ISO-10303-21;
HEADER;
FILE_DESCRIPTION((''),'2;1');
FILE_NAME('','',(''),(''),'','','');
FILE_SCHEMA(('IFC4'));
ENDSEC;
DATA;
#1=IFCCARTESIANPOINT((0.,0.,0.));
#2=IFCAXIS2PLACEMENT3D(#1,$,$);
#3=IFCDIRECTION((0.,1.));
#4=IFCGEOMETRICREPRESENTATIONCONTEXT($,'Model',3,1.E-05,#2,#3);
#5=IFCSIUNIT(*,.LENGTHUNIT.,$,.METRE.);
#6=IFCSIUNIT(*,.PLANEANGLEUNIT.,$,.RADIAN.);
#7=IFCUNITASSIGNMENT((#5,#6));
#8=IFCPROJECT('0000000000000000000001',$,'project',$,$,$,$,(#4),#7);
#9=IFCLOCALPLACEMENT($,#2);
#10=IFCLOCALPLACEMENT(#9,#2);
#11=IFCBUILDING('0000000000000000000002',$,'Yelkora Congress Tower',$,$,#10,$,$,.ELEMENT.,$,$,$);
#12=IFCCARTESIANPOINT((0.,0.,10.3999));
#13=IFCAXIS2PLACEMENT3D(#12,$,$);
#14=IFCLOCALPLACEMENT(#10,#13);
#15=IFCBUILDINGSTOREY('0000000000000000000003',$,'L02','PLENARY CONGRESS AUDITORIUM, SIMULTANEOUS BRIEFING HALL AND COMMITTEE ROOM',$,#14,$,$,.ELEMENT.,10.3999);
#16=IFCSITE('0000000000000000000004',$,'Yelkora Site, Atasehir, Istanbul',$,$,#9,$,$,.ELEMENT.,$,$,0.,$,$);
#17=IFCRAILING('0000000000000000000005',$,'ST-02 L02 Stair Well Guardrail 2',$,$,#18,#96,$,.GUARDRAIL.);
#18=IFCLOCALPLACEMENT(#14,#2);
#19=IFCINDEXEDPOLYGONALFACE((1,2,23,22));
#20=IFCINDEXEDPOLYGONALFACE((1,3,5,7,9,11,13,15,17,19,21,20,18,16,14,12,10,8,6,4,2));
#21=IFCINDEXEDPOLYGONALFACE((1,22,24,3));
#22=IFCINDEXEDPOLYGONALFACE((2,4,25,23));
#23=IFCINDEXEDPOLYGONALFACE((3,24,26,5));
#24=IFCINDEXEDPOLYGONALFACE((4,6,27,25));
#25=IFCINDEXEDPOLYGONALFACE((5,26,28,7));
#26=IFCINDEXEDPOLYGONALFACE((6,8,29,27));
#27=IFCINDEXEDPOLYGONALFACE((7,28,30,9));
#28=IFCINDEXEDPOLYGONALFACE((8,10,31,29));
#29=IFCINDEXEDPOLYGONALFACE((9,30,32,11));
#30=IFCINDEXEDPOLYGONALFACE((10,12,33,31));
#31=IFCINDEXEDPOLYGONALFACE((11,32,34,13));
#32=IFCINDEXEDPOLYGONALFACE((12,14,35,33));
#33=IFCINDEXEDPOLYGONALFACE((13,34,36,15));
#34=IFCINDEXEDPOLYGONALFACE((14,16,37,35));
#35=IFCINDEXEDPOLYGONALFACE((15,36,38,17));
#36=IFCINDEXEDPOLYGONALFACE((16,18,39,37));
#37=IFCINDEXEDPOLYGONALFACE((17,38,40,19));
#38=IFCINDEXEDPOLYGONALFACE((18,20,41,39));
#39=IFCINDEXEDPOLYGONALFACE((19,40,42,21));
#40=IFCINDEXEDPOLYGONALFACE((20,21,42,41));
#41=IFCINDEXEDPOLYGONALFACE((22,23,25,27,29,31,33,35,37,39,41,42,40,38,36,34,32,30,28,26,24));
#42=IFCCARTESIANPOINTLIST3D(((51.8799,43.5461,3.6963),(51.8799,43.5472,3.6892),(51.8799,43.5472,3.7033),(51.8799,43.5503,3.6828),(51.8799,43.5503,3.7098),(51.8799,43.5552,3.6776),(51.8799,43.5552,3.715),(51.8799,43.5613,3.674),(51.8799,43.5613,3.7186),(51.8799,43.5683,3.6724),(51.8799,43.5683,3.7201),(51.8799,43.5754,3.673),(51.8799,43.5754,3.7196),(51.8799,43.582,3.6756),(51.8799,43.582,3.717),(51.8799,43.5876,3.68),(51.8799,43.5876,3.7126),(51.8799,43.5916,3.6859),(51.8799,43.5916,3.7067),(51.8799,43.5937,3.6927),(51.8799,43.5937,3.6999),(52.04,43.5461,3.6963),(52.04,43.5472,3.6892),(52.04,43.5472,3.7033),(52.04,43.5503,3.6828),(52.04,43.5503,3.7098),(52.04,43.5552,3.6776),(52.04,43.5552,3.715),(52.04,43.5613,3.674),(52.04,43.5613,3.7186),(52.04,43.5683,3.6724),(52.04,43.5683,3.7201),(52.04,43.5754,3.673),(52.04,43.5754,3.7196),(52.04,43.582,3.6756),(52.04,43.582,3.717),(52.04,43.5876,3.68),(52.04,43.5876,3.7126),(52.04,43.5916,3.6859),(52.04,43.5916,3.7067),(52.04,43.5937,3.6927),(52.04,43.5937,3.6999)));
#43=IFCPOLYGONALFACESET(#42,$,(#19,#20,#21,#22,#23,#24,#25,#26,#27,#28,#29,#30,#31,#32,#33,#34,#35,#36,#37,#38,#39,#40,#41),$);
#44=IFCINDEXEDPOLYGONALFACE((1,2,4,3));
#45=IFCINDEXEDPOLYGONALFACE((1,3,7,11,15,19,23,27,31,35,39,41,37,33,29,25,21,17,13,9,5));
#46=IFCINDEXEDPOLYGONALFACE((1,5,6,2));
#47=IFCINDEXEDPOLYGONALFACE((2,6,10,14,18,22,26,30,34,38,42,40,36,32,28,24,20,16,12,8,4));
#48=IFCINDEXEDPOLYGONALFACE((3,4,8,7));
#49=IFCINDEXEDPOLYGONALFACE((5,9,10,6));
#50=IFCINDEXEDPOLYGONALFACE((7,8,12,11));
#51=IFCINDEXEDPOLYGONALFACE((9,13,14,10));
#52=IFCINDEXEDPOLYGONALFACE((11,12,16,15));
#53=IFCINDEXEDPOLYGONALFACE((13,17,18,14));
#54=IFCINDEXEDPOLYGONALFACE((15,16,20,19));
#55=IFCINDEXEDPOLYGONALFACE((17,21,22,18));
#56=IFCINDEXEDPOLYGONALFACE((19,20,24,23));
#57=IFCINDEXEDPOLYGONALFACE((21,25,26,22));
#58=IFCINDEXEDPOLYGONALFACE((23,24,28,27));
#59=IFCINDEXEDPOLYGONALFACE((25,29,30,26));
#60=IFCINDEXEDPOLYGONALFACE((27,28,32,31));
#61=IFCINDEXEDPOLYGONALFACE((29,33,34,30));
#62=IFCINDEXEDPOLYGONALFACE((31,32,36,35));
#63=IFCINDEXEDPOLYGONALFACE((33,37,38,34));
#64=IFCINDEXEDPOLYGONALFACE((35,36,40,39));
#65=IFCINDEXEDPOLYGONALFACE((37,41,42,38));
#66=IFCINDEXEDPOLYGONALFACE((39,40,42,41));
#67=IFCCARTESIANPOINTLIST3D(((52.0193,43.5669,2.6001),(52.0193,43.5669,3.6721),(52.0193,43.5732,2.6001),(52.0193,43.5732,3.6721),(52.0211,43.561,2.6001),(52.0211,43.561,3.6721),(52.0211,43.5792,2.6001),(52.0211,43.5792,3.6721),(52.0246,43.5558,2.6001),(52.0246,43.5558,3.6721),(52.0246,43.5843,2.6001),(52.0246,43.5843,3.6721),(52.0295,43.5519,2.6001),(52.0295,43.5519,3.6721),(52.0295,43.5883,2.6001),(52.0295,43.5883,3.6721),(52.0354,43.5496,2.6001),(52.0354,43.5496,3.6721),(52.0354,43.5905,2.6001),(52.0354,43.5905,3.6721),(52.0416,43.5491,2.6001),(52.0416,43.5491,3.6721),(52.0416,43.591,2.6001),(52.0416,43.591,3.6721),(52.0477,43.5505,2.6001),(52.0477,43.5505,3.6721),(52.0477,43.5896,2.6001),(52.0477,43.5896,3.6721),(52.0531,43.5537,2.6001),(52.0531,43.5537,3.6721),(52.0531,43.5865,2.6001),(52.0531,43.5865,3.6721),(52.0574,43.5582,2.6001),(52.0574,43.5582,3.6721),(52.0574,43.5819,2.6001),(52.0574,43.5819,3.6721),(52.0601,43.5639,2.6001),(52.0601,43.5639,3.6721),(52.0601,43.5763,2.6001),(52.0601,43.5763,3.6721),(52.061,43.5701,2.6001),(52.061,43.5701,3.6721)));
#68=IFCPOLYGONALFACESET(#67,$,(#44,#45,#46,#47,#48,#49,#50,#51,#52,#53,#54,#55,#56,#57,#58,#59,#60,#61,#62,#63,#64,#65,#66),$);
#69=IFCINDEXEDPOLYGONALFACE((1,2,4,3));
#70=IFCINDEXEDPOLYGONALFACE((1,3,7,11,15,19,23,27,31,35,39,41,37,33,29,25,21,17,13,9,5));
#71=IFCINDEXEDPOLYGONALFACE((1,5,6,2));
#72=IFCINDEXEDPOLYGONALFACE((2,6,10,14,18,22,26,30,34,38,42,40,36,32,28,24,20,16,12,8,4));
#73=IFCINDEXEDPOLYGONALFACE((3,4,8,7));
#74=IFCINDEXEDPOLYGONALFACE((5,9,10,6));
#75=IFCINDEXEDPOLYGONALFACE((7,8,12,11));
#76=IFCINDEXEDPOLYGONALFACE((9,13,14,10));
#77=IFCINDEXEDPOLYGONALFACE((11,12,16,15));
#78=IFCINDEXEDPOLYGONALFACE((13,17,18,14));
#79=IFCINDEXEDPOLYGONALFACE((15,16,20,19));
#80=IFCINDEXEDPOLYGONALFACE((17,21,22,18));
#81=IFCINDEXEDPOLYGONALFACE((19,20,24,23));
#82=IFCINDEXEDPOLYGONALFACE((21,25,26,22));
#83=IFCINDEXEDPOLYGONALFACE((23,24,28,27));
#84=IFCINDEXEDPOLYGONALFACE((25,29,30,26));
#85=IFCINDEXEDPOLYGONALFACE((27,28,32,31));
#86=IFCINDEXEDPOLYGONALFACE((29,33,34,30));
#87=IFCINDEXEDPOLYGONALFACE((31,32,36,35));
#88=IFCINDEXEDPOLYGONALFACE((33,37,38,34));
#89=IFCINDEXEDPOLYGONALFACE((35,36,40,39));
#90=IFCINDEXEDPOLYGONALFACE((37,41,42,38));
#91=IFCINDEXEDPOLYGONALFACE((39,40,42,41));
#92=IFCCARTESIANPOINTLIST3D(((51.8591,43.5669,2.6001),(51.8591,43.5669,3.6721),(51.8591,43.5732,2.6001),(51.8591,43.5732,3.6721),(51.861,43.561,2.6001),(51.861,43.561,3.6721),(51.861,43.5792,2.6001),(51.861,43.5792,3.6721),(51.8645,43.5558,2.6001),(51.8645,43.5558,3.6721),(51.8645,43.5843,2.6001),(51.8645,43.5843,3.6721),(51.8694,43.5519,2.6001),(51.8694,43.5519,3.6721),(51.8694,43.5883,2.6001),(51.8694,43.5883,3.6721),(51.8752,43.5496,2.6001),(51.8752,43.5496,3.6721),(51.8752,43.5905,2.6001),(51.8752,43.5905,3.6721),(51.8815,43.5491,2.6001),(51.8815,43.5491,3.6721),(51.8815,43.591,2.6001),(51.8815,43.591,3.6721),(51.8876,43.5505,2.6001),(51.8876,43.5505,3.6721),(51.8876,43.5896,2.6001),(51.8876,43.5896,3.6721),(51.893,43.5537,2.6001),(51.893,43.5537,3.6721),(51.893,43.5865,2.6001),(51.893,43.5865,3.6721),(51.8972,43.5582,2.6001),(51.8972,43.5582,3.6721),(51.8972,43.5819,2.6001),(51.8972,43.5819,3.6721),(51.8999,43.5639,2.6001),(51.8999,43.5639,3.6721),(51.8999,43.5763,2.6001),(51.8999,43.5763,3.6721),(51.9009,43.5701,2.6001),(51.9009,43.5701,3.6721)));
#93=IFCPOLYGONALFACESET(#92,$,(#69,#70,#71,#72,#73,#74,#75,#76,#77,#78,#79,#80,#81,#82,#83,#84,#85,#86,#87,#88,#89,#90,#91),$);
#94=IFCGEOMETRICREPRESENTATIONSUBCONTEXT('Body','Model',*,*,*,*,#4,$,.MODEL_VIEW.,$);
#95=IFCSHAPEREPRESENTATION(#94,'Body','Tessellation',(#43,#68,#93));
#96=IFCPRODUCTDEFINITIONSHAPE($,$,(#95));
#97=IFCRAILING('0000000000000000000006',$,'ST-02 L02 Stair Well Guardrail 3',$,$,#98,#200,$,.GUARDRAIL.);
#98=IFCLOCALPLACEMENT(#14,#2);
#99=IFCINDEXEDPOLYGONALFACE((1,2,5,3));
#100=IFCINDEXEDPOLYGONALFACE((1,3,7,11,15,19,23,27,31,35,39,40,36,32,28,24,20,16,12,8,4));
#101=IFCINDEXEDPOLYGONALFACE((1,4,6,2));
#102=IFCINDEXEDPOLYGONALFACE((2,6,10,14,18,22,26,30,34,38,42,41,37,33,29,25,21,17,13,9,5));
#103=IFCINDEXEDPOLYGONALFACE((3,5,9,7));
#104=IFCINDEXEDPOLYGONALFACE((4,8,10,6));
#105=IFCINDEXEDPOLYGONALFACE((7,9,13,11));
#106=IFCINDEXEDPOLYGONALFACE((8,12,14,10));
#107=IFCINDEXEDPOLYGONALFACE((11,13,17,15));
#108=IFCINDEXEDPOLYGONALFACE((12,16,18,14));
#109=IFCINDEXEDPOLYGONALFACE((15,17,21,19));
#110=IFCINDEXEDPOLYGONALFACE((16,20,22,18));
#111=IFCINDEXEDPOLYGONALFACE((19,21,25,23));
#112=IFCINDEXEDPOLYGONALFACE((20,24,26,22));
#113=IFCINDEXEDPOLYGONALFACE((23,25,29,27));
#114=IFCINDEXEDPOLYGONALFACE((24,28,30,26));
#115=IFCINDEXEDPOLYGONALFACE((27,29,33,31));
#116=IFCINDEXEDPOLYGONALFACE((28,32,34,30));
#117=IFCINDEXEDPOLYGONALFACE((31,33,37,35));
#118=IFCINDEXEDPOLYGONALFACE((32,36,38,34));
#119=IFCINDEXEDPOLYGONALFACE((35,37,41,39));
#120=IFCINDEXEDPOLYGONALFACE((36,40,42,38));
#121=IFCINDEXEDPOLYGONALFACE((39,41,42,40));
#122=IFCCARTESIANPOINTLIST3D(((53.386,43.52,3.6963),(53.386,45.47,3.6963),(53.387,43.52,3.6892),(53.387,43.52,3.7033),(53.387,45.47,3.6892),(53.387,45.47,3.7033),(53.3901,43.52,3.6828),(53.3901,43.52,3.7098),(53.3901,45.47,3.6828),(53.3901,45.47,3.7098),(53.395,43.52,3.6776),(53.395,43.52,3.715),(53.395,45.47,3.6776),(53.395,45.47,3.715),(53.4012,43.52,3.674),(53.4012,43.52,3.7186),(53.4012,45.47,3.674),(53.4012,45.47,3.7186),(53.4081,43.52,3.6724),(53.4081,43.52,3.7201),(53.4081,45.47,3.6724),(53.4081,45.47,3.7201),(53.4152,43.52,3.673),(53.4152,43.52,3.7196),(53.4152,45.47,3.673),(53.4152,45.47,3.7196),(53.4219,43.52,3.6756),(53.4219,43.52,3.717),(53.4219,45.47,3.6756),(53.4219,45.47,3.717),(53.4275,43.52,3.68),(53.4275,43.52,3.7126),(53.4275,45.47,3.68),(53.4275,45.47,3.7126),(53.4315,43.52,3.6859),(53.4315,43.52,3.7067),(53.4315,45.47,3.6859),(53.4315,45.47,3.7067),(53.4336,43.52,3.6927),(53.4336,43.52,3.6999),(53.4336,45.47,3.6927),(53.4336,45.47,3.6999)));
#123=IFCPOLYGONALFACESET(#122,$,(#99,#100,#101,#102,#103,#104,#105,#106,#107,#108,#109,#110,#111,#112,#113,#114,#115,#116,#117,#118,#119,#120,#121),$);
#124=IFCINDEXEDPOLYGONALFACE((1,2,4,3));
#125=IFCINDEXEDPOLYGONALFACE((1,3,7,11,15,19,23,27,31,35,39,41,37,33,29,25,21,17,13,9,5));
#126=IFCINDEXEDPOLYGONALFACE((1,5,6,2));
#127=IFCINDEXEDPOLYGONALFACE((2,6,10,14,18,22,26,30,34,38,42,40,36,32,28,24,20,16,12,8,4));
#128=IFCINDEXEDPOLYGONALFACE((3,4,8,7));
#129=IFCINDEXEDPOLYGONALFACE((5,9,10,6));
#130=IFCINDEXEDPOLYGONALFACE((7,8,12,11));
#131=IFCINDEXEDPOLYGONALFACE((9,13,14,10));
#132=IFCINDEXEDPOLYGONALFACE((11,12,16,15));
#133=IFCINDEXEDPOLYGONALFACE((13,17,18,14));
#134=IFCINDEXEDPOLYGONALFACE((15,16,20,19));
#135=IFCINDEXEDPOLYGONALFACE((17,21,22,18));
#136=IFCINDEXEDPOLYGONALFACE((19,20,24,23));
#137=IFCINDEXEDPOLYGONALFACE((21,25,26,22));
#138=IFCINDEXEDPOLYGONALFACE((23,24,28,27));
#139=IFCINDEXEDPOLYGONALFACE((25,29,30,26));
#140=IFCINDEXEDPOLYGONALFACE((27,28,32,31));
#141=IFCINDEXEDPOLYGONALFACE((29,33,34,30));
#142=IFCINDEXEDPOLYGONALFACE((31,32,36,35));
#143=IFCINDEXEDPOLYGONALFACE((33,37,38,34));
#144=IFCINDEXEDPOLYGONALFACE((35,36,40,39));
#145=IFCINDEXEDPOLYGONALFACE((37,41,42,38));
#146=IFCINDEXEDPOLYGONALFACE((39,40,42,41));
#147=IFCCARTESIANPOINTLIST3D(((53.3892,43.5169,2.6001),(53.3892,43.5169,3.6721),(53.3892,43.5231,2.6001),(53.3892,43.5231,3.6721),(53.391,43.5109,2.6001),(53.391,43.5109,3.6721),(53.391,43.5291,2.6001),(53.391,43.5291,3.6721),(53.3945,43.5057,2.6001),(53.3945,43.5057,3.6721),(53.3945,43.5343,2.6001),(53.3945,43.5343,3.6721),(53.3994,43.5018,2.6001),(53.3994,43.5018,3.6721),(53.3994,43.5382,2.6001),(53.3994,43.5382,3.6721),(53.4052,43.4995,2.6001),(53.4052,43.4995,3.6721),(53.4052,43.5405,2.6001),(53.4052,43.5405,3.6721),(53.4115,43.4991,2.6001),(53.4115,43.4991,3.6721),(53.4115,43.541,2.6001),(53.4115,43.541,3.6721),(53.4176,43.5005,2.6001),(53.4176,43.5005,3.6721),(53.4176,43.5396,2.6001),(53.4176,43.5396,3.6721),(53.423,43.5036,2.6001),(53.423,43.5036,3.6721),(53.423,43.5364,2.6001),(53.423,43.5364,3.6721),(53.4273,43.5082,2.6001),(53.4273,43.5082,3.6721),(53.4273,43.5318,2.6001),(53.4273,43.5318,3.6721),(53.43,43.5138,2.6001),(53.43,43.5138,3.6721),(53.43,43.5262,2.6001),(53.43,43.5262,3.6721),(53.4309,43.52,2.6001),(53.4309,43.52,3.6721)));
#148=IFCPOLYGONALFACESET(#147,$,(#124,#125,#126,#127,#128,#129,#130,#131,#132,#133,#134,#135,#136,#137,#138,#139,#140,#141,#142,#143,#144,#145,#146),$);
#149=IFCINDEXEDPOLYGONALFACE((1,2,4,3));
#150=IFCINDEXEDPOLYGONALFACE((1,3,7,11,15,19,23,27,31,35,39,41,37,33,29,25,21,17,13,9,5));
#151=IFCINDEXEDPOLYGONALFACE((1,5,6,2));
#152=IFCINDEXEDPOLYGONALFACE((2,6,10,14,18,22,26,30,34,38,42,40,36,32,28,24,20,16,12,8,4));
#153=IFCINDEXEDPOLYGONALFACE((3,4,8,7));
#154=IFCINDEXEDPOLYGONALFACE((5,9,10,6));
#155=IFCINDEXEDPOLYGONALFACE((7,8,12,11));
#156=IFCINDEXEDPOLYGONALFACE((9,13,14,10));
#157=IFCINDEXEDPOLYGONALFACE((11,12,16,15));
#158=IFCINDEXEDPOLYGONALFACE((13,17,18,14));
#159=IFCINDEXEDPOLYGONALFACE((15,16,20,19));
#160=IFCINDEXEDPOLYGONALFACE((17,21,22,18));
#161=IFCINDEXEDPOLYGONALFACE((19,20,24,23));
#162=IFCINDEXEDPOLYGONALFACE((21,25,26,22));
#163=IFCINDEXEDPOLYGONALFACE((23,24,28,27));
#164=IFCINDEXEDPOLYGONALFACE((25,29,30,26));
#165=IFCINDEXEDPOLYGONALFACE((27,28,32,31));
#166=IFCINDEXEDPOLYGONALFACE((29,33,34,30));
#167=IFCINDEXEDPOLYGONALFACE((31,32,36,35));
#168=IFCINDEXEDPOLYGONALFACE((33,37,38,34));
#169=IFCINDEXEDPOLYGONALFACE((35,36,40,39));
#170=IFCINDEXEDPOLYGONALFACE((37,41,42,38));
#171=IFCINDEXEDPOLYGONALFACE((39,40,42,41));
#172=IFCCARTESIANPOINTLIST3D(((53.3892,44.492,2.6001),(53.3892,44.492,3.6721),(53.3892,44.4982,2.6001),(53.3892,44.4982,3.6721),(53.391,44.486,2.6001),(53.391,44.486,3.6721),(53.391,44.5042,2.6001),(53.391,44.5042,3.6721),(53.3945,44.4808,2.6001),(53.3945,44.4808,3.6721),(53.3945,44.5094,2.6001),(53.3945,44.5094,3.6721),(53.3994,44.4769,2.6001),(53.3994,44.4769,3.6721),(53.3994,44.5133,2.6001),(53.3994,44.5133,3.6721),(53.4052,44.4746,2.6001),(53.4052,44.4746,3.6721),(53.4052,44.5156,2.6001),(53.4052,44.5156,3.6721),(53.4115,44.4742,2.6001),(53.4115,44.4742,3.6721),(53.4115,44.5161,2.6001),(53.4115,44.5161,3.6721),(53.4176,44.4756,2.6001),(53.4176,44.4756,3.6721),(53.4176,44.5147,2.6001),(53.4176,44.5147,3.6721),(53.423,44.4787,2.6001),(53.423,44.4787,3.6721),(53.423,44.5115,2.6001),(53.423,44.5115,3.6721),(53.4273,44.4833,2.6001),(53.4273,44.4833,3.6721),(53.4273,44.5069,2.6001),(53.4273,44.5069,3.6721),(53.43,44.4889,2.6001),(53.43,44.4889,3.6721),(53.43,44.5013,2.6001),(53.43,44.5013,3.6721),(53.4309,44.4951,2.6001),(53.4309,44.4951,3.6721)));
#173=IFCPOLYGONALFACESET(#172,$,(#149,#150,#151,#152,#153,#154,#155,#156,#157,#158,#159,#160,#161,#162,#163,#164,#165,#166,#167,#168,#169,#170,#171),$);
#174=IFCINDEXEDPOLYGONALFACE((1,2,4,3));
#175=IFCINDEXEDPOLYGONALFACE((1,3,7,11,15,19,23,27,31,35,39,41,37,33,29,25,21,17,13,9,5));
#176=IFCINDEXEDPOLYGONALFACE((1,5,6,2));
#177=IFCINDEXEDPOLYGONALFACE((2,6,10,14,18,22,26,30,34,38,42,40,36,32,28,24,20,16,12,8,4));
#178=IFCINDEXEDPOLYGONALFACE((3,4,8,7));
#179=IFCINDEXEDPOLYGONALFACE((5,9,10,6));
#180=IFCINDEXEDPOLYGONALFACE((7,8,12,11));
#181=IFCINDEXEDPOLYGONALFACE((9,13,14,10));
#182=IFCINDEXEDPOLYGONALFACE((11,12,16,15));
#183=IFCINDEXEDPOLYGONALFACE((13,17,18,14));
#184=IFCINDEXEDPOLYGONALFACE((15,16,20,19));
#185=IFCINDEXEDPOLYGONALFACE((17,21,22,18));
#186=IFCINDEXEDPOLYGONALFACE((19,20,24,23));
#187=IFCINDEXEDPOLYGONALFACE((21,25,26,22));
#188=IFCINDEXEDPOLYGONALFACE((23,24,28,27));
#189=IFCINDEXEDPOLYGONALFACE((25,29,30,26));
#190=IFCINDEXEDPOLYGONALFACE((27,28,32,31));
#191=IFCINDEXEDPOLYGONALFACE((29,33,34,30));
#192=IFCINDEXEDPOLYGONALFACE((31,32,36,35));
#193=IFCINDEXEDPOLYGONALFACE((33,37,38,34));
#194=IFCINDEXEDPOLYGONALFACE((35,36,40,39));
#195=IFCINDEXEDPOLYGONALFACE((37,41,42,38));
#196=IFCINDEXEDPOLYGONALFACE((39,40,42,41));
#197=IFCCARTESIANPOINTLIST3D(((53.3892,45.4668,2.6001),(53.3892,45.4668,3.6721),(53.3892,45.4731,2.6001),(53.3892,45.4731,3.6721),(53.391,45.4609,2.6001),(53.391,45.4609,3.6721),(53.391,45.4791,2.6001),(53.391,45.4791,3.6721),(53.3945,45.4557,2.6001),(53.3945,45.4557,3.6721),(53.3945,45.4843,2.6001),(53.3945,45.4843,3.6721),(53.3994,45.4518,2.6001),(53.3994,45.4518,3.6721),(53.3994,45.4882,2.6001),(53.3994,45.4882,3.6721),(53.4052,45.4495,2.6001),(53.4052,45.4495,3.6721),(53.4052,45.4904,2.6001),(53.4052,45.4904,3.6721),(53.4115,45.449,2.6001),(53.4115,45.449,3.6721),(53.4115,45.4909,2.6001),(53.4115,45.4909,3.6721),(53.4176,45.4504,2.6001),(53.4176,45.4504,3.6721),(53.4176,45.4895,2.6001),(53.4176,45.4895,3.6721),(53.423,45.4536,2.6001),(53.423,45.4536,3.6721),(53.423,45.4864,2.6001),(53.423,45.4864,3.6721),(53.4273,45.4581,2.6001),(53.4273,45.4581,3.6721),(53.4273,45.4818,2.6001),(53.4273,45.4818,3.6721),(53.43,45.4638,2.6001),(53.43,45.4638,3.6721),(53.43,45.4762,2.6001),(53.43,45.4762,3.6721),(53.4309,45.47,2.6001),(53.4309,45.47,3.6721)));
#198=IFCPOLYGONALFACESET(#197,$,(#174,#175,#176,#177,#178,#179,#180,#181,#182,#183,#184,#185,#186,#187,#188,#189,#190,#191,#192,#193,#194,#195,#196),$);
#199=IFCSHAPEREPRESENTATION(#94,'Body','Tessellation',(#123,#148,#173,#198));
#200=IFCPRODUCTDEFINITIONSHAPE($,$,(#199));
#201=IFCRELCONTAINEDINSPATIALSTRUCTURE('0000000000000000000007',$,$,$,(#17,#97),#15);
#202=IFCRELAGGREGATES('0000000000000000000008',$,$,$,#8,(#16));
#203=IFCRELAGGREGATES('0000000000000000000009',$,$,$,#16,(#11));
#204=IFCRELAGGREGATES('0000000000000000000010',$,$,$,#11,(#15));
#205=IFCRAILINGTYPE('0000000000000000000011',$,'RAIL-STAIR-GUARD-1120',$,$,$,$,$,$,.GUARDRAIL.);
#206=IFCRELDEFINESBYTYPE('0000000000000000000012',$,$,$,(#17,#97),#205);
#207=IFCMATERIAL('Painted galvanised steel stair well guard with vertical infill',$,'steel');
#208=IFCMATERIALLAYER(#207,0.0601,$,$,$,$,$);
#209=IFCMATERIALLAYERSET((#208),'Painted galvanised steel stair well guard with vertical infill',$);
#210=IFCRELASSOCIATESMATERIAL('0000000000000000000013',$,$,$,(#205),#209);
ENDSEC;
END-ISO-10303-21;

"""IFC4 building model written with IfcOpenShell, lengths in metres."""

from ifc_helpers import new_model, si_unit, direction, frame, origin, origin_2d, place, context, subcontext, project, spatial, circle, extrude, material, layer, layer_set, type_object, element, save


model = new_model("IFC4")

# Units and contexts
model_context = context("Model", 3, precision=1e-05, world=origin(), true_north=direction((0.0, 1.0)))
body_context = subcontext(model_context, "Body", "Model", "MODEL_VIEW")
ifc_project = project(units=[si_unit("LENGTHUNIT", "METRE"), si_unit("PLANEANGLEUNIT", "RADIAN")], contexts=[model_context])

# Site, building, storey
site_placement = place(None, origin())
site = spatial("IfcSite", under=ifc_project, at=site_placement, Name="Yelkora Site, Atasehir, Istanbul", CompositionType="ELEMENT", RefElevation=0.0)
building_placement = place(site_placement, origin())
building = spatial("IfcBuilding", under=site, at=building_placement, Name="Yelkora Congress Tower", CompositionType="ELEMENT")
storey_placement = place(building_placement, frame((0.0, 0.0, 10.3999)))
storey = spatial("IfcBuildingStorey", under=building, at=storey_placement, Name="L02", Description="PLENARY CONGRESS AUDITORIUM, SIMULTANEOUS BRIEFING HALL AND COMMITTEE ROOM", CompositionType="ELEMENT", Elevation=10.3999)

# Railings
ifc_material_1 = material(Name="Painted galvanised steel stair well guard with vertical infill", Category="steel")
ifc_layer_1 = layer(ifc_material_1, 0.0601)
ifc_layer_set_1 = layer_set([ifc_layer_1], Name="Painted galvanised steel stair well guard with vertical infill")
railing_type_1 = type_object("IfcRailingType", Name="RAIL-STAIR-GUARD-1120", PredefinedType="GUARDRAIL", material=ifc_layer_set_1)
railing_1_placement = place(storey_placement, frame((52.04, 43.5701, 2.6001)))
element("IfcRailing", 1, at=railing_1_placement, inside=storey, type_object=railing_type_1, Name="ST-02 L02 Stair Well Guardrail 2", PredefinedType="GUARDRAIL", context=body_context, shape_type="SweptSolid", body=[
    extrude(circle(Radius=0.0239, at=origin_2d()), frame((0.0, 0.0, 1.0962), z_axis=(-1.0, 0.0, 0.0), x_axis=(0.0, -1.0, 0.0)), (0.0, 0.0, 1.0), 0.1602),
    extrude(circle(Radius=0.021, at=origin_2d()), origin(), (0.0, 0.0, 1.0), 1.072),
    extrude(circle(Radius=0.021, at=origin_2d()), frame((-0.1602, 0.0, 0.0)), (0.0, 0.0, 1.0), 1.072),
])
for number, where, name in (
    (2, (53.4099, 43.52, 2.6001), "ST-02 L02 Stair Well Guardrail 3"),
):
    element("IfcRailing", number, at=place(storey_placement, frame(where)), inside=storey, type_object=railing_type_1, Name=name, PredefinedType="GUARDRAIL", context=body_context, shape_type="SweptSolid", body=[
        extrude(circle(Radius=0.0239, at=origin_2d()), frame((0.0, 0.0, 1.0962), z_axis=(0.0, 1.0, 0.0), x_axis=(-1.0, 0.0, 0.0)), (0.0, 0.0, 1.0), 1.95),
        extrude(circle(Radius=0.021, at=origin_2d()), origin(), (0.0, 0.0, 1.0), 1.072),
        extrude(circle(Radius=0.021, at=origin_2d()), frame((0.0, 0.9751, 0.0)), (0.0, 0.0, 1.0), 1.072),
        extrude(circle(Radius=0.021, at=origin_2d()), frame((0.0, 1.95, 0.0)), (0.0, 0.0, 1.0), 1.072),
    ])

save(model, "model.ifc")
